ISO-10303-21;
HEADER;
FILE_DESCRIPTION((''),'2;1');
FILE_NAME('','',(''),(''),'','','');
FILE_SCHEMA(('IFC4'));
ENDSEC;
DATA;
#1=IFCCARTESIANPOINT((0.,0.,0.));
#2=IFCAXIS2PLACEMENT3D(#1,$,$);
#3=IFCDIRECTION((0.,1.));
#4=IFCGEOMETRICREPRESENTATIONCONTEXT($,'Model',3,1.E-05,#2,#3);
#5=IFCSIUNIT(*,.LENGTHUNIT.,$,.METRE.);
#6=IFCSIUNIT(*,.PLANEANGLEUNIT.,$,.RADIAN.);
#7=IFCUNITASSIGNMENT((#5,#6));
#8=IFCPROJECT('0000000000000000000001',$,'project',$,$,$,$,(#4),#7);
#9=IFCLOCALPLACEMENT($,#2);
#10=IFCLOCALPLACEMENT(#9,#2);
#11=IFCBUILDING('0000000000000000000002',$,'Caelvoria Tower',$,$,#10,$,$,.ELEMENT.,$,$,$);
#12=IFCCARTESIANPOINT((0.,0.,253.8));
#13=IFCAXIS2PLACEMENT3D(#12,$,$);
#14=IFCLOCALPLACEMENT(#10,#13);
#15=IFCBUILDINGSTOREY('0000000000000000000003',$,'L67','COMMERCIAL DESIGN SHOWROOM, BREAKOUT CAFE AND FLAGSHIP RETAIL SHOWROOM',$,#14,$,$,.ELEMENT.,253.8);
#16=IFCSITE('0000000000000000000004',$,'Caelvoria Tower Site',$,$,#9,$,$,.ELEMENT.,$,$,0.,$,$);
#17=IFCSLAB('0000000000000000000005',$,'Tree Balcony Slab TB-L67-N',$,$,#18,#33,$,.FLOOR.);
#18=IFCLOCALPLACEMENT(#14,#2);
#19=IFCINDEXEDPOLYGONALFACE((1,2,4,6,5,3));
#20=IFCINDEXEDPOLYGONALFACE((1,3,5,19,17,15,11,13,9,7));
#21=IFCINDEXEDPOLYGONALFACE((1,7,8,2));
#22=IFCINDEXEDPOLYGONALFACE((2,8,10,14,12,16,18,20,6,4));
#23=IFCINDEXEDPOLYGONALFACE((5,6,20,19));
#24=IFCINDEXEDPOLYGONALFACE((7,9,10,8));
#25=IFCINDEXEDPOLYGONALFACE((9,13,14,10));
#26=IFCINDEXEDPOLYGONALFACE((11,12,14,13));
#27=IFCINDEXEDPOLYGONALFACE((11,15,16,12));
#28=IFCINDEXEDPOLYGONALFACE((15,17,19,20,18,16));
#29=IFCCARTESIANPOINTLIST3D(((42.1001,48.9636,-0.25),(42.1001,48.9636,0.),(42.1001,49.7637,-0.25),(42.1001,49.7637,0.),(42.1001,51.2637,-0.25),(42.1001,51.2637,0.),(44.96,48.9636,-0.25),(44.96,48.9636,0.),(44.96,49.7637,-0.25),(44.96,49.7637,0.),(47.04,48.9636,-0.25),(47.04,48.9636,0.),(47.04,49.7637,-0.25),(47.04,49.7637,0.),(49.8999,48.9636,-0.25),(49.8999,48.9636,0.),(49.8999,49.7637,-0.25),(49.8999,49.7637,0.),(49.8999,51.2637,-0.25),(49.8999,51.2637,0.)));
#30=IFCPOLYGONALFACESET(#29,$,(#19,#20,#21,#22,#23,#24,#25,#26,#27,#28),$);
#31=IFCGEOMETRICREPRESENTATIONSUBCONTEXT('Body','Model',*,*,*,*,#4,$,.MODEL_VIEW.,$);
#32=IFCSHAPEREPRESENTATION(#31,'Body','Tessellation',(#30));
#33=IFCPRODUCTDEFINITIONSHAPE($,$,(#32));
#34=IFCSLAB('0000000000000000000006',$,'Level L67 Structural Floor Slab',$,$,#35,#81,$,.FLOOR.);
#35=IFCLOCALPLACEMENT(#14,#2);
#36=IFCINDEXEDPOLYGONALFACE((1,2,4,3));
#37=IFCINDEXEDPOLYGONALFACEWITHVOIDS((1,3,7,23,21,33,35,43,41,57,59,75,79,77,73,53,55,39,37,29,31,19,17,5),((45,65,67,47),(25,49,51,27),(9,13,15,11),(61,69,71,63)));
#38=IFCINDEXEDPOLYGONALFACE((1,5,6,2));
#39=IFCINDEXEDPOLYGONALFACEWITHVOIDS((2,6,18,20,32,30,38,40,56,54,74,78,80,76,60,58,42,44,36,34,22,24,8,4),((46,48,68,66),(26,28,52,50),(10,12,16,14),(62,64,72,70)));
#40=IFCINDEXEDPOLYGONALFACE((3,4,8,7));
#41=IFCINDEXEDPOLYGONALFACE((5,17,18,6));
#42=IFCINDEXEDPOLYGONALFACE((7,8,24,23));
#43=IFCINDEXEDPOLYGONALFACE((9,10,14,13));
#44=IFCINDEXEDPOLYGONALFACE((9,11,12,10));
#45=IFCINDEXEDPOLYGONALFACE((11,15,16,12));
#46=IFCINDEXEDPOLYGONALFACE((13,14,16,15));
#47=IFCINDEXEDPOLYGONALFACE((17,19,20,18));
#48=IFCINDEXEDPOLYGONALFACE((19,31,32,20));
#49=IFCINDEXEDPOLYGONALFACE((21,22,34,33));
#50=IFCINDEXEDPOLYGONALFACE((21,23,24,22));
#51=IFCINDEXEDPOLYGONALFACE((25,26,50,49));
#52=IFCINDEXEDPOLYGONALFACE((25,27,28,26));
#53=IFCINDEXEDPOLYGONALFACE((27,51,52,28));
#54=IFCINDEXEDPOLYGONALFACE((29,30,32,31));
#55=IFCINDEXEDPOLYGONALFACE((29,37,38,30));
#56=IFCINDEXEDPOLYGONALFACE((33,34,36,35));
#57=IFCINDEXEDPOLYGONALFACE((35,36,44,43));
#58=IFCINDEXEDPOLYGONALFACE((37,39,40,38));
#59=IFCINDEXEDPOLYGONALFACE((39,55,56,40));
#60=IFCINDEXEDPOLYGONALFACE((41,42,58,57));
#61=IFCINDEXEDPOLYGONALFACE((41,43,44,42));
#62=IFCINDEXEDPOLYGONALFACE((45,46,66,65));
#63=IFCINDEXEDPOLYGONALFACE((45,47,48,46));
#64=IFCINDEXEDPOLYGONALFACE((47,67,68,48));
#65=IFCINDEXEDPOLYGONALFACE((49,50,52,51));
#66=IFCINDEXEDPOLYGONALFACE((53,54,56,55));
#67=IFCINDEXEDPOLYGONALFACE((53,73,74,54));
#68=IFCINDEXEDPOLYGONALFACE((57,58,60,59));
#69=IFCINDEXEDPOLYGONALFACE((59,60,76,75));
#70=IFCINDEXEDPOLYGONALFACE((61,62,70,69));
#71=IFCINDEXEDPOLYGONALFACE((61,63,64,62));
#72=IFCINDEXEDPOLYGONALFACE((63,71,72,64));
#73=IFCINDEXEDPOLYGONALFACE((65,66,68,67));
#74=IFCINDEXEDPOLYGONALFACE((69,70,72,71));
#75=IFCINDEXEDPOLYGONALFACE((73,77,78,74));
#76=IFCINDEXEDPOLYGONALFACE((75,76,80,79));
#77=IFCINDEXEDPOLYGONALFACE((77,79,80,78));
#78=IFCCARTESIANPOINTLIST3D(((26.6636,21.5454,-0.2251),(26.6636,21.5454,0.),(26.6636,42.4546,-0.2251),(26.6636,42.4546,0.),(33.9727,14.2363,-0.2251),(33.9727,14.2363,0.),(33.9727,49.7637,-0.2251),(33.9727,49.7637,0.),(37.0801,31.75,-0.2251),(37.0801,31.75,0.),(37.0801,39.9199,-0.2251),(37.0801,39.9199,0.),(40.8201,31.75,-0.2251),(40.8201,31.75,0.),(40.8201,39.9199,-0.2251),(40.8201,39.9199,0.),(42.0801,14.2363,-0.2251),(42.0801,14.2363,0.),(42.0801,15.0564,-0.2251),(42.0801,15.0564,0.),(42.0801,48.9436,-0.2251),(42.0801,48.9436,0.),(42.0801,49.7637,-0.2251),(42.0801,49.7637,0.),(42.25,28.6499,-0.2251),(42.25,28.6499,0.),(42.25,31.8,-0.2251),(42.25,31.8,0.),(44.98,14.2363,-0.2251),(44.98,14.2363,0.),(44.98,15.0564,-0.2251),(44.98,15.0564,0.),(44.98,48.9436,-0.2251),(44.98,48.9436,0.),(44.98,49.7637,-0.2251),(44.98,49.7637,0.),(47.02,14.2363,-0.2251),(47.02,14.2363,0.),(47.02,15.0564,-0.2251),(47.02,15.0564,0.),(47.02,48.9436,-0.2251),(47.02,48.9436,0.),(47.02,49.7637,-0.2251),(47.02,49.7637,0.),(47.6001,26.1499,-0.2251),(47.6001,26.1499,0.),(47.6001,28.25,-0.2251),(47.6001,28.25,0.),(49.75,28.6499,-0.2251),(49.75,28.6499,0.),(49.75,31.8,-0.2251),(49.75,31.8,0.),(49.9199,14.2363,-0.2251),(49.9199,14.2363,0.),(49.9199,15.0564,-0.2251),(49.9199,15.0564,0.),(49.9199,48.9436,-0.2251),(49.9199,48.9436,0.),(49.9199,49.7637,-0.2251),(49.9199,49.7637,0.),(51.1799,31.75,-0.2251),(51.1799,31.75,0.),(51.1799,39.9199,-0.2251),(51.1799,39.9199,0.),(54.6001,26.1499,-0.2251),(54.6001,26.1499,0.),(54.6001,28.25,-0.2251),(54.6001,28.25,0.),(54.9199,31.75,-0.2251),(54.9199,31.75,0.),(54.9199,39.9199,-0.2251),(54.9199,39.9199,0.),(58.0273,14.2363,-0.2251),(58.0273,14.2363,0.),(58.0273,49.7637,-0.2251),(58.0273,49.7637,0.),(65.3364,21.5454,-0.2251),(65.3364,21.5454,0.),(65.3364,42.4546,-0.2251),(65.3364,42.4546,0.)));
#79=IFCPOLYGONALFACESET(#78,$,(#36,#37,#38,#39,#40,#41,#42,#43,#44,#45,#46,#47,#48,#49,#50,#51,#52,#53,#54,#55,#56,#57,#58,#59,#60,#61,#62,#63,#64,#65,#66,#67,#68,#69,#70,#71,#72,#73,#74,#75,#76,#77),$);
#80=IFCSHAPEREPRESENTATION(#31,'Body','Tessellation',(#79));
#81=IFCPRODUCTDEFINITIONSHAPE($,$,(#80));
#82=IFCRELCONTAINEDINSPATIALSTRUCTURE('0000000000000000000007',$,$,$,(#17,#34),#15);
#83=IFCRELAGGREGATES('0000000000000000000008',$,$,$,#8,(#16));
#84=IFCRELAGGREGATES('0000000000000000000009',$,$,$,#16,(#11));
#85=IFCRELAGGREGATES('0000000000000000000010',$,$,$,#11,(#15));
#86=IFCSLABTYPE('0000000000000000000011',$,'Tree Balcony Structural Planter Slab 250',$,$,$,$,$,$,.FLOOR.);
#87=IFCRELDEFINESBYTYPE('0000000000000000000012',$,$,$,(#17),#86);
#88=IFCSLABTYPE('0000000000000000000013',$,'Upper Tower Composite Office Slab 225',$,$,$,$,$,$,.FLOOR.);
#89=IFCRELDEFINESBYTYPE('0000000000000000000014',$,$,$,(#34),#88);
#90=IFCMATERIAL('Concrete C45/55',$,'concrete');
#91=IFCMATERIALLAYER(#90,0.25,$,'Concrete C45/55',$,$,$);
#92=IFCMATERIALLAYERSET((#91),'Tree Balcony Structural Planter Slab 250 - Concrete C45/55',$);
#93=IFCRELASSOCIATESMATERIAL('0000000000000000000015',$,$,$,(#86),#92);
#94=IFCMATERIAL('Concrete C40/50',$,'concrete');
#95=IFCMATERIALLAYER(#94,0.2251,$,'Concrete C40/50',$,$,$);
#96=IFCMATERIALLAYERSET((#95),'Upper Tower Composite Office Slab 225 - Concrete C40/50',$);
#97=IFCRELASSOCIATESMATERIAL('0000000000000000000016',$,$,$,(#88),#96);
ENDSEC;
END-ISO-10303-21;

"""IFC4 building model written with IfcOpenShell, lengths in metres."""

from ifc_helpers import new_model, si_unit, direction, frame, origin, place, context, subcontext, project, spatial, polyline, outline, extrude, material, layer, layer_set, type_object, element, save


model = new_model("IFC4")

# Units and contexts
model_context = context("Model", 3, precision=1e-05, world=origin(), true_north=direction((0.0, 1.0)))
body_context = subcontext(model_context, "Body", "Model", "MODEL_VIEW")
ifc_project = project(units=[si_unit("LENGTHUNIT", "METRE"), si_unit("PLANEANGLEUNIT", "RADIAN")], contexts=[model_context])

# Site, building, storey
site_placement = place(None, origin())
site = spatial("IfcSite", under=ifc_project, at=site_placement, Name="Caelvoria Tower Site", CompositionType="ELEMENT", RefElevation=0.0)
building_placement = place(site_placement, origin())
building = spatial("IfcBuilding", under=site, at=building_placement, Name="Caelvoria Tower", CompositionType="ELEMENT")
storey_placement = place(building_placement, frame((0.0, 0.0, 253.8)))
storey = spatial("IfcBuildingStorey", under=building, at=storey_placement, Name="L67", Description="COMMERCIAL DESIGN SHOWROOM, BREAKOUT CAFE AND FLAGSHIP RETAIL SHOWROOM", CompositionType="ELEMENT", Elevation=253.8)

# Shared definitions
ifc_material_1 = material(Name="Concrete C40/50", Category="concrete")

# Slabs
ifc_material_2 = material(Name="Concrete C45/55", Category="concrete")
ifc_layer_1 = layer(ifc_material_2, 0.25, Name="Concrete C45/55")
ifc_layer_set_1 = layer_set([ifc_layer_1], Name="Tree Balcony Structural Planter Slab 250 - Concrete C45/55")
slab_type_1 = type_object("IfcSlabType", Name="Tree Balcony Structural Planter Slab 250", PredefinedType="FLOOR", material=ifc_layer_set_1)
slab_1_placement = place(storey_placement, frame((0.0, 0.0, -0.25)))
element("IfcSlab", 1, at=slab_1_placement, inside=storey, type_object=slab_type_1, Name="Tree Balcony Slab TB-L67-N", PredefinedType="FLOOR", context=body_context, shape_type="SweptSolid", body=[
    extrude(outline(polyline([(42.1001, 51.2637), (42.1001, 49.7637), (42.1001, 48.9636), (44.96, 48.9636), (44.96, 49.7637), (47.04, 49.7637), (47.04, 48.9636), (49.8999, 48.9636), (49.8999, 49.7637), (49.8999, 51.2637), (42.1001, 51.2637)])), origin(), (0.0, 0.0, 1.0), 0.25),
])
ifc_layer_2 = layer(ifc_material_1, 0.2251, Name="Concrete C40/50")
ifc_layer_set_2 = layer_set([ifc_layer_2], Name="Upper Tower Composite Office Slab 225 - Concrete C40/50")
slab_type_2 = type_object("IfcSlabType", Name="Upper Tower Composite Office Slab 225", PredefinedType="FLOOR", material=ifc_layer_set_2)
slab_2_placement = place(storey_placement, frame((0.0, 0.0, -0.2251)))
element("IfcSlab", 2, at=slab_2_placement, inside=storey, type_object=slab_type_2, Name="Level L67 Structural Floor Slab", PredefinedType="FLOOR", context=body_context, shape_type="SweptSolid", body=[
    extrude(outline(polyline([(26.6636, 42.4546), (26.6636, 21.5454), (33.9727, 14.2363), (42.0801, 14.2363), (42.0801, 15.0564), (44.98, 15.0564), (44.98, 14.2363), (47.02, 14.2363), (47.02, 15.0564), (49.9199, 15.0564), (49.9199, 14.2363), (58.0273, 14.2363), (65.3364, 21.5454), (65.3364, 42.4546), (58.0273, 49.7637), (49.9199, 49.7637), (49.9199, 48.9436), (47.02, 48.9436), (47.02, 49.7637), (44.98, 49.7637), (44.98, 48.9436), (42.0801, 48.9436), (42.0801, 49.7637), (33.9727, 49.7637), (26.6636, 42.4546)]), holes=[polyline([(37.0801, 31.75), (40.8201, 31.75), (40.8201, 39.9199), (37.0801, 39.9199), (37.0801, 31.75)]), polyline([(51.1799, 31.75), (54.9199, 31.75), (54.9199, 39.9199), (51.1799, 39.9199), (51.1799, 31.75)]), polyline([(42.25, 28.6499), (49.75, 28.6499), (49.75, 31.8), (42.25, 31.8), (42.25, 28.6499)]), polyline([(47.6001, 26.1499), (54.6001, 26.1499), (54.6001, 28.25), (47.6001, 28.25), (47.6001, 26.1499)])]), origin(), (0.0, 0.0, 1.0), 0.2251),
])

save(model, "model.ifc")
